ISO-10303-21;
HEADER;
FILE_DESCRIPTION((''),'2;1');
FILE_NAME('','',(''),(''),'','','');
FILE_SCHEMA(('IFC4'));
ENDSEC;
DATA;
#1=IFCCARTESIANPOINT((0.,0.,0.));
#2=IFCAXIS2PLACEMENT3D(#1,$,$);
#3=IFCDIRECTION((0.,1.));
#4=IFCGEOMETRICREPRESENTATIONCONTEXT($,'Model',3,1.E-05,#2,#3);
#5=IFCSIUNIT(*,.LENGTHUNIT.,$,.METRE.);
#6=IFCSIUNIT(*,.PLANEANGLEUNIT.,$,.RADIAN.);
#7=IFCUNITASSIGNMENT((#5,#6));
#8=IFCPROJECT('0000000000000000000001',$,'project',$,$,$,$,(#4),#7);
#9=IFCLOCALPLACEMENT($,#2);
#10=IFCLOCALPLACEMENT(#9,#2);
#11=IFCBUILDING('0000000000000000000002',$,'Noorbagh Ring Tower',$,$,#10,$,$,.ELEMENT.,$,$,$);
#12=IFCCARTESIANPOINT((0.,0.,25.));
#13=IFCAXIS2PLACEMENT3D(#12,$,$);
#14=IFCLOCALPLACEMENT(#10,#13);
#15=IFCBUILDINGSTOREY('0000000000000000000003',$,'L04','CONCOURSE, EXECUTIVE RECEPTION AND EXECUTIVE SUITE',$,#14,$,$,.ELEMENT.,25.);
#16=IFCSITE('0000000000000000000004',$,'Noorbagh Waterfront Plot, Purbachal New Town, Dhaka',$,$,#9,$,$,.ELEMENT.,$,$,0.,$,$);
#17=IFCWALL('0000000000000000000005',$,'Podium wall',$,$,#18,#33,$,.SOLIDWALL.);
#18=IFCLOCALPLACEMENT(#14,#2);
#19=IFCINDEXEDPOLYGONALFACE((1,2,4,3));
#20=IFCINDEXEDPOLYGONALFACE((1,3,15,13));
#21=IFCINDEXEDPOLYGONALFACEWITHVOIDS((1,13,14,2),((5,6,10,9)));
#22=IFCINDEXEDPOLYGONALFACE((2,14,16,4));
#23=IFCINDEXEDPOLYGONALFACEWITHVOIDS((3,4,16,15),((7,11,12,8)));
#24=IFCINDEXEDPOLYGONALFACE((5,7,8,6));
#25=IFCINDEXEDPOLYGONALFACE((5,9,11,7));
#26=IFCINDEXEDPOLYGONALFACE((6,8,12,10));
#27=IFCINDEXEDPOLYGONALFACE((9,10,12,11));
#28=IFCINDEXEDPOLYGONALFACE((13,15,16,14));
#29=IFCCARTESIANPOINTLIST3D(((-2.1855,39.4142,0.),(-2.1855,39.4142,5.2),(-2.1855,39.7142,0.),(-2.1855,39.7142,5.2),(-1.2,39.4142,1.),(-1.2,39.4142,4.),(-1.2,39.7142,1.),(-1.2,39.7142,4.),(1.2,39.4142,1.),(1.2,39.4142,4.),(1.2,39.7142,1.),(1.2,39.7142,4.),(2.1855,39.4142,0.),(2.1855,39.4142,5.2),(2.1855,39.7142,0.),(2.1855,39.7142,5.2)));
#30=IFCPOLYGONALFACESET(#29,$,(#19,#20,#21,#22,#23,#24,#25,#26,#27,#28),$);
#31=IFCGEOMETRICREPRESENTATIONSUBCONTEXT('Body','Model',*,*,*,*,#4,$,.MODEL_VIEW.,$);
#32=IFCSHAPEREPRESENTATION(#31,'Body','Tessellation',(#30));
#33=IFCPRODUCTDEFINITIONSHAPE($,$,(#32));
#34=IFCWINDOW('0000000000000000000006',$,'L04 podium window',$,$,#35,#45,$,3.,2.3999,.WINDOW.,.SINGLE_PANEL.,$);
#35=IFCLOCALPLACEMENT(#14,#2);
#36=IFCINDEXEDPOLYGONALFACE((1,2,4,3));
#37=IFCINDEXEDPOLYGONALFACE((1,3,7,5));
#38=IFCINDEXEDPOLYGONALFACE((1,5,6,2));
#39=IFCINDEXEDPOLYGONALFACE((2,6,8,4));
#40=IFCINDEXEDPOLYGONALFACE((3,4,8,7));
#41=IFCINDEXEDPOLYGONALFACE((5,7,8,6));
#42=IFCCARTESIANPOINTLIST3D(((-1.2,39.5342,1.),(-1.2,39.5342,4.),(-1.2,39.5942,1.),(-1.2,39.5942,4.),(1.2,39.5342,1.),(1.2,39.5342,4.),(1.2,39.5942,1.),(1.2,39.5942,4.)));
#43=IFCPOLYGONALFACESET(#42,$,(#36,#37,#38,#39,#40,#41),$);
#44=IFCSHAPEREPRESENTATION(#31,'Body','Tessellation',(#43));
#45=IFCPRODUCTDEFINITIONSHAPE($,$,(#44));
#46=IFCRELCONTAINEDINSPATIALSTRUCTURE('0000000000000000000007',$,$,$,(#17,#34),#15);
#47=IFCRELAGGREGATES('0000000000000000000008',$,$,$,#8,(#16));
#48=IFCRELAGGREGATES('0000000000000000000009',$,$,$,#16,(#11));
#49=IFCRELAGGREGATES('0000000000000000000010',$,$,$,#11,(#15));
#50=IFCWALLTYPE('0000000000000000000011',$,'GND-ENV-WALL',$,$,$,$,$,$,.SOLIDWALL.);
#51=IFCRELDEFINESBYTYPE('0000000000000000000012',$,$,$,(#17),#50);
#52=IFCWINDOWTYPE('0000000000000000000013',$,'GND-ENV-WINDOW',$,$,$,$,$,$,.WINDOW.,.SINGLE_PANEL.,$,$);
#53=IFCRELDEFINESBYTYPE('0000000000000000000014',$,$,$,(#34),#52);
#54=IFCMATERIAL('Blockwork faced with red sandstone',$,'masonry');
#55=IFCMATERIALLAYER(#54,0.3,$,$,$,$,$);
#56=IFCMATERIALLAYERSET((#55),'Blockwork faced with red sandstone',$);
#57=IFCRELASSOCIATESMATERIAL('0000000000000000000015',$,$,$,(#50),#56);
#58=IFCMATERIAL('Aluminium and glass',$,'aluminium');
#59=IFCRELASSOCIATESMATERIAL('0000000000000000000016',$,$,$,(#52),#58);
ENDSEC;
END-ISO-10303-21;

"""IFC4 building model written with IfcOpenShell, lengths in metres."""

from ifc_helpers import new_model, si_unit, direction, frame, frame_2d, origin, place, context, subcontext, project, spatial, rectangle, extrude, material, layer, layer_set, type_object, element, fill, save


model = new_model("IFC4")

# Units and contexts
model_context = context("Model", 3, precision=1e-05, world=origin(), true_north=direction((0.0, 1.0)))
body_context = subcontext(model_context, "Body", "Model", "MODEL_VIEW")
ifc_project = project(units=[si_unit("LENGTHUNIT", "METRE"), si_unit("PLANEANGLEUNIT", "RADIAN")], contexts=[model_context])

# Site, building, storey
site_placement = place(None, origin())
site = spatial("IfcSite", under=ifc_project, at=site_placement, Name="Noorbagh Waterfront Plot, Purbachal New Town, Dhaka", CompositionType="ELEMENT", RefElevation=0.0)
building_placement = place(site_placement, origin())
building = spatial("IfcBuilding", under=site, at=building_placement, Name="Noorbagh Ring Tower", CompositionType="ELEMENT")
storey_placement = place(building_placement, frame((0.0, 0.0, 25.0)))
storey = spatial("IfcBuildingStorey", under=building, at=storey_placement, Name="L04", Description="CONCOURSE, EXECUTIVE RECEPTION AND EXECUTIVE SUITE", CompositionType="ELEMENT", Elevation=25.0)

# Wall, opening, window
ifc_material_1 = material(Name="Blockwork faced with red sandstone", Category="masonry")
ifc_layer = layer(ifc_material_1, 0.3)
ifc_layer_set = layer_set([ifc_layer], Name="Blockwork faced with red sandstone")
wall_type = type_object("IfcWallType", Name="GND-ENV-WALL", PredefinedType="SOLIDWALL", material=ifc_layer_set)
ifc_material_2 = material(Name="Aluminium and glass", Category="aluminium")
window_type = type_object("IfcWindowType", Name="GND-ENV-WINDOW", PartitioningType="SINGLE_PANEL", PredefinedType="WINDOW", material=ifc_material_2)
wall_1_placement = place(storey_placement, frame((2.1855, 39.5642, 0.0), z_axis=(0.0, 0.0, 1.0), x_axis=(-1.0, 0.0, 0.0)))
wall_1 = element("IfcWall", 1, at=wall_1_placement, inside=storey, type_object=wall_type, Name="Podium wall", PredefinedType="SOLIDWALL", context=body_context, shape_type="SweptSolid", body=[
    extrude(rectangle(XDim=4.3711, YDim=0.3, at=frame_2d((2.1855, 0.0))), origin(), (0.0, 0.0, 1.0), 5.2),
])
opening_1_placement = place(wall_1_placement, frame((0.9856, 0.0, 1.0)))
opening_1 = element("IfcOpeningElement", 2, at=opening_1_placement, cuts=wall_1, PredefinedType="OPENING", context=body_context, shape_type="SweptSolid", body=[
    extrude(rectangle(XDim=2.3999, YDim=3.0, at=frame_2d((1.2, 1.5))), frame((0.0, 0.1602, 0.0), z_axis=(0.0, -1.0, 0.0), x_axis=(1.0, 0.0, 0.0)), (0.0, 0.0, 1.0), 0.3201),
])
window_1_placement = place(opening_1_placement, origin())
window_1 = element("IfcWindow", 3, at=window_1_placement, inside=storey, type_object=window_type, Name="L04 podium window", OverallHeight=3.0, OverallWidth=2.3999, PartitioningType="SINGLE_PANEL", PredefinedType="WINDOW", context=body_context, shape_type="SweptSolid", body=[
    extrude(rectangle(XDim=2.3999, YDim=3.0, at=frame_2d((1.2, 1.5))), frame((0.0, 0.03, 0.0), z_axis=(0.0, -1.0, 0.0), x_axis=(1.0, 0.0, 0.0)), (0.0, 0.0, 1.0), 0.0601),
])
fill(opening_1, window_1)

save(model, "model.ifc")
